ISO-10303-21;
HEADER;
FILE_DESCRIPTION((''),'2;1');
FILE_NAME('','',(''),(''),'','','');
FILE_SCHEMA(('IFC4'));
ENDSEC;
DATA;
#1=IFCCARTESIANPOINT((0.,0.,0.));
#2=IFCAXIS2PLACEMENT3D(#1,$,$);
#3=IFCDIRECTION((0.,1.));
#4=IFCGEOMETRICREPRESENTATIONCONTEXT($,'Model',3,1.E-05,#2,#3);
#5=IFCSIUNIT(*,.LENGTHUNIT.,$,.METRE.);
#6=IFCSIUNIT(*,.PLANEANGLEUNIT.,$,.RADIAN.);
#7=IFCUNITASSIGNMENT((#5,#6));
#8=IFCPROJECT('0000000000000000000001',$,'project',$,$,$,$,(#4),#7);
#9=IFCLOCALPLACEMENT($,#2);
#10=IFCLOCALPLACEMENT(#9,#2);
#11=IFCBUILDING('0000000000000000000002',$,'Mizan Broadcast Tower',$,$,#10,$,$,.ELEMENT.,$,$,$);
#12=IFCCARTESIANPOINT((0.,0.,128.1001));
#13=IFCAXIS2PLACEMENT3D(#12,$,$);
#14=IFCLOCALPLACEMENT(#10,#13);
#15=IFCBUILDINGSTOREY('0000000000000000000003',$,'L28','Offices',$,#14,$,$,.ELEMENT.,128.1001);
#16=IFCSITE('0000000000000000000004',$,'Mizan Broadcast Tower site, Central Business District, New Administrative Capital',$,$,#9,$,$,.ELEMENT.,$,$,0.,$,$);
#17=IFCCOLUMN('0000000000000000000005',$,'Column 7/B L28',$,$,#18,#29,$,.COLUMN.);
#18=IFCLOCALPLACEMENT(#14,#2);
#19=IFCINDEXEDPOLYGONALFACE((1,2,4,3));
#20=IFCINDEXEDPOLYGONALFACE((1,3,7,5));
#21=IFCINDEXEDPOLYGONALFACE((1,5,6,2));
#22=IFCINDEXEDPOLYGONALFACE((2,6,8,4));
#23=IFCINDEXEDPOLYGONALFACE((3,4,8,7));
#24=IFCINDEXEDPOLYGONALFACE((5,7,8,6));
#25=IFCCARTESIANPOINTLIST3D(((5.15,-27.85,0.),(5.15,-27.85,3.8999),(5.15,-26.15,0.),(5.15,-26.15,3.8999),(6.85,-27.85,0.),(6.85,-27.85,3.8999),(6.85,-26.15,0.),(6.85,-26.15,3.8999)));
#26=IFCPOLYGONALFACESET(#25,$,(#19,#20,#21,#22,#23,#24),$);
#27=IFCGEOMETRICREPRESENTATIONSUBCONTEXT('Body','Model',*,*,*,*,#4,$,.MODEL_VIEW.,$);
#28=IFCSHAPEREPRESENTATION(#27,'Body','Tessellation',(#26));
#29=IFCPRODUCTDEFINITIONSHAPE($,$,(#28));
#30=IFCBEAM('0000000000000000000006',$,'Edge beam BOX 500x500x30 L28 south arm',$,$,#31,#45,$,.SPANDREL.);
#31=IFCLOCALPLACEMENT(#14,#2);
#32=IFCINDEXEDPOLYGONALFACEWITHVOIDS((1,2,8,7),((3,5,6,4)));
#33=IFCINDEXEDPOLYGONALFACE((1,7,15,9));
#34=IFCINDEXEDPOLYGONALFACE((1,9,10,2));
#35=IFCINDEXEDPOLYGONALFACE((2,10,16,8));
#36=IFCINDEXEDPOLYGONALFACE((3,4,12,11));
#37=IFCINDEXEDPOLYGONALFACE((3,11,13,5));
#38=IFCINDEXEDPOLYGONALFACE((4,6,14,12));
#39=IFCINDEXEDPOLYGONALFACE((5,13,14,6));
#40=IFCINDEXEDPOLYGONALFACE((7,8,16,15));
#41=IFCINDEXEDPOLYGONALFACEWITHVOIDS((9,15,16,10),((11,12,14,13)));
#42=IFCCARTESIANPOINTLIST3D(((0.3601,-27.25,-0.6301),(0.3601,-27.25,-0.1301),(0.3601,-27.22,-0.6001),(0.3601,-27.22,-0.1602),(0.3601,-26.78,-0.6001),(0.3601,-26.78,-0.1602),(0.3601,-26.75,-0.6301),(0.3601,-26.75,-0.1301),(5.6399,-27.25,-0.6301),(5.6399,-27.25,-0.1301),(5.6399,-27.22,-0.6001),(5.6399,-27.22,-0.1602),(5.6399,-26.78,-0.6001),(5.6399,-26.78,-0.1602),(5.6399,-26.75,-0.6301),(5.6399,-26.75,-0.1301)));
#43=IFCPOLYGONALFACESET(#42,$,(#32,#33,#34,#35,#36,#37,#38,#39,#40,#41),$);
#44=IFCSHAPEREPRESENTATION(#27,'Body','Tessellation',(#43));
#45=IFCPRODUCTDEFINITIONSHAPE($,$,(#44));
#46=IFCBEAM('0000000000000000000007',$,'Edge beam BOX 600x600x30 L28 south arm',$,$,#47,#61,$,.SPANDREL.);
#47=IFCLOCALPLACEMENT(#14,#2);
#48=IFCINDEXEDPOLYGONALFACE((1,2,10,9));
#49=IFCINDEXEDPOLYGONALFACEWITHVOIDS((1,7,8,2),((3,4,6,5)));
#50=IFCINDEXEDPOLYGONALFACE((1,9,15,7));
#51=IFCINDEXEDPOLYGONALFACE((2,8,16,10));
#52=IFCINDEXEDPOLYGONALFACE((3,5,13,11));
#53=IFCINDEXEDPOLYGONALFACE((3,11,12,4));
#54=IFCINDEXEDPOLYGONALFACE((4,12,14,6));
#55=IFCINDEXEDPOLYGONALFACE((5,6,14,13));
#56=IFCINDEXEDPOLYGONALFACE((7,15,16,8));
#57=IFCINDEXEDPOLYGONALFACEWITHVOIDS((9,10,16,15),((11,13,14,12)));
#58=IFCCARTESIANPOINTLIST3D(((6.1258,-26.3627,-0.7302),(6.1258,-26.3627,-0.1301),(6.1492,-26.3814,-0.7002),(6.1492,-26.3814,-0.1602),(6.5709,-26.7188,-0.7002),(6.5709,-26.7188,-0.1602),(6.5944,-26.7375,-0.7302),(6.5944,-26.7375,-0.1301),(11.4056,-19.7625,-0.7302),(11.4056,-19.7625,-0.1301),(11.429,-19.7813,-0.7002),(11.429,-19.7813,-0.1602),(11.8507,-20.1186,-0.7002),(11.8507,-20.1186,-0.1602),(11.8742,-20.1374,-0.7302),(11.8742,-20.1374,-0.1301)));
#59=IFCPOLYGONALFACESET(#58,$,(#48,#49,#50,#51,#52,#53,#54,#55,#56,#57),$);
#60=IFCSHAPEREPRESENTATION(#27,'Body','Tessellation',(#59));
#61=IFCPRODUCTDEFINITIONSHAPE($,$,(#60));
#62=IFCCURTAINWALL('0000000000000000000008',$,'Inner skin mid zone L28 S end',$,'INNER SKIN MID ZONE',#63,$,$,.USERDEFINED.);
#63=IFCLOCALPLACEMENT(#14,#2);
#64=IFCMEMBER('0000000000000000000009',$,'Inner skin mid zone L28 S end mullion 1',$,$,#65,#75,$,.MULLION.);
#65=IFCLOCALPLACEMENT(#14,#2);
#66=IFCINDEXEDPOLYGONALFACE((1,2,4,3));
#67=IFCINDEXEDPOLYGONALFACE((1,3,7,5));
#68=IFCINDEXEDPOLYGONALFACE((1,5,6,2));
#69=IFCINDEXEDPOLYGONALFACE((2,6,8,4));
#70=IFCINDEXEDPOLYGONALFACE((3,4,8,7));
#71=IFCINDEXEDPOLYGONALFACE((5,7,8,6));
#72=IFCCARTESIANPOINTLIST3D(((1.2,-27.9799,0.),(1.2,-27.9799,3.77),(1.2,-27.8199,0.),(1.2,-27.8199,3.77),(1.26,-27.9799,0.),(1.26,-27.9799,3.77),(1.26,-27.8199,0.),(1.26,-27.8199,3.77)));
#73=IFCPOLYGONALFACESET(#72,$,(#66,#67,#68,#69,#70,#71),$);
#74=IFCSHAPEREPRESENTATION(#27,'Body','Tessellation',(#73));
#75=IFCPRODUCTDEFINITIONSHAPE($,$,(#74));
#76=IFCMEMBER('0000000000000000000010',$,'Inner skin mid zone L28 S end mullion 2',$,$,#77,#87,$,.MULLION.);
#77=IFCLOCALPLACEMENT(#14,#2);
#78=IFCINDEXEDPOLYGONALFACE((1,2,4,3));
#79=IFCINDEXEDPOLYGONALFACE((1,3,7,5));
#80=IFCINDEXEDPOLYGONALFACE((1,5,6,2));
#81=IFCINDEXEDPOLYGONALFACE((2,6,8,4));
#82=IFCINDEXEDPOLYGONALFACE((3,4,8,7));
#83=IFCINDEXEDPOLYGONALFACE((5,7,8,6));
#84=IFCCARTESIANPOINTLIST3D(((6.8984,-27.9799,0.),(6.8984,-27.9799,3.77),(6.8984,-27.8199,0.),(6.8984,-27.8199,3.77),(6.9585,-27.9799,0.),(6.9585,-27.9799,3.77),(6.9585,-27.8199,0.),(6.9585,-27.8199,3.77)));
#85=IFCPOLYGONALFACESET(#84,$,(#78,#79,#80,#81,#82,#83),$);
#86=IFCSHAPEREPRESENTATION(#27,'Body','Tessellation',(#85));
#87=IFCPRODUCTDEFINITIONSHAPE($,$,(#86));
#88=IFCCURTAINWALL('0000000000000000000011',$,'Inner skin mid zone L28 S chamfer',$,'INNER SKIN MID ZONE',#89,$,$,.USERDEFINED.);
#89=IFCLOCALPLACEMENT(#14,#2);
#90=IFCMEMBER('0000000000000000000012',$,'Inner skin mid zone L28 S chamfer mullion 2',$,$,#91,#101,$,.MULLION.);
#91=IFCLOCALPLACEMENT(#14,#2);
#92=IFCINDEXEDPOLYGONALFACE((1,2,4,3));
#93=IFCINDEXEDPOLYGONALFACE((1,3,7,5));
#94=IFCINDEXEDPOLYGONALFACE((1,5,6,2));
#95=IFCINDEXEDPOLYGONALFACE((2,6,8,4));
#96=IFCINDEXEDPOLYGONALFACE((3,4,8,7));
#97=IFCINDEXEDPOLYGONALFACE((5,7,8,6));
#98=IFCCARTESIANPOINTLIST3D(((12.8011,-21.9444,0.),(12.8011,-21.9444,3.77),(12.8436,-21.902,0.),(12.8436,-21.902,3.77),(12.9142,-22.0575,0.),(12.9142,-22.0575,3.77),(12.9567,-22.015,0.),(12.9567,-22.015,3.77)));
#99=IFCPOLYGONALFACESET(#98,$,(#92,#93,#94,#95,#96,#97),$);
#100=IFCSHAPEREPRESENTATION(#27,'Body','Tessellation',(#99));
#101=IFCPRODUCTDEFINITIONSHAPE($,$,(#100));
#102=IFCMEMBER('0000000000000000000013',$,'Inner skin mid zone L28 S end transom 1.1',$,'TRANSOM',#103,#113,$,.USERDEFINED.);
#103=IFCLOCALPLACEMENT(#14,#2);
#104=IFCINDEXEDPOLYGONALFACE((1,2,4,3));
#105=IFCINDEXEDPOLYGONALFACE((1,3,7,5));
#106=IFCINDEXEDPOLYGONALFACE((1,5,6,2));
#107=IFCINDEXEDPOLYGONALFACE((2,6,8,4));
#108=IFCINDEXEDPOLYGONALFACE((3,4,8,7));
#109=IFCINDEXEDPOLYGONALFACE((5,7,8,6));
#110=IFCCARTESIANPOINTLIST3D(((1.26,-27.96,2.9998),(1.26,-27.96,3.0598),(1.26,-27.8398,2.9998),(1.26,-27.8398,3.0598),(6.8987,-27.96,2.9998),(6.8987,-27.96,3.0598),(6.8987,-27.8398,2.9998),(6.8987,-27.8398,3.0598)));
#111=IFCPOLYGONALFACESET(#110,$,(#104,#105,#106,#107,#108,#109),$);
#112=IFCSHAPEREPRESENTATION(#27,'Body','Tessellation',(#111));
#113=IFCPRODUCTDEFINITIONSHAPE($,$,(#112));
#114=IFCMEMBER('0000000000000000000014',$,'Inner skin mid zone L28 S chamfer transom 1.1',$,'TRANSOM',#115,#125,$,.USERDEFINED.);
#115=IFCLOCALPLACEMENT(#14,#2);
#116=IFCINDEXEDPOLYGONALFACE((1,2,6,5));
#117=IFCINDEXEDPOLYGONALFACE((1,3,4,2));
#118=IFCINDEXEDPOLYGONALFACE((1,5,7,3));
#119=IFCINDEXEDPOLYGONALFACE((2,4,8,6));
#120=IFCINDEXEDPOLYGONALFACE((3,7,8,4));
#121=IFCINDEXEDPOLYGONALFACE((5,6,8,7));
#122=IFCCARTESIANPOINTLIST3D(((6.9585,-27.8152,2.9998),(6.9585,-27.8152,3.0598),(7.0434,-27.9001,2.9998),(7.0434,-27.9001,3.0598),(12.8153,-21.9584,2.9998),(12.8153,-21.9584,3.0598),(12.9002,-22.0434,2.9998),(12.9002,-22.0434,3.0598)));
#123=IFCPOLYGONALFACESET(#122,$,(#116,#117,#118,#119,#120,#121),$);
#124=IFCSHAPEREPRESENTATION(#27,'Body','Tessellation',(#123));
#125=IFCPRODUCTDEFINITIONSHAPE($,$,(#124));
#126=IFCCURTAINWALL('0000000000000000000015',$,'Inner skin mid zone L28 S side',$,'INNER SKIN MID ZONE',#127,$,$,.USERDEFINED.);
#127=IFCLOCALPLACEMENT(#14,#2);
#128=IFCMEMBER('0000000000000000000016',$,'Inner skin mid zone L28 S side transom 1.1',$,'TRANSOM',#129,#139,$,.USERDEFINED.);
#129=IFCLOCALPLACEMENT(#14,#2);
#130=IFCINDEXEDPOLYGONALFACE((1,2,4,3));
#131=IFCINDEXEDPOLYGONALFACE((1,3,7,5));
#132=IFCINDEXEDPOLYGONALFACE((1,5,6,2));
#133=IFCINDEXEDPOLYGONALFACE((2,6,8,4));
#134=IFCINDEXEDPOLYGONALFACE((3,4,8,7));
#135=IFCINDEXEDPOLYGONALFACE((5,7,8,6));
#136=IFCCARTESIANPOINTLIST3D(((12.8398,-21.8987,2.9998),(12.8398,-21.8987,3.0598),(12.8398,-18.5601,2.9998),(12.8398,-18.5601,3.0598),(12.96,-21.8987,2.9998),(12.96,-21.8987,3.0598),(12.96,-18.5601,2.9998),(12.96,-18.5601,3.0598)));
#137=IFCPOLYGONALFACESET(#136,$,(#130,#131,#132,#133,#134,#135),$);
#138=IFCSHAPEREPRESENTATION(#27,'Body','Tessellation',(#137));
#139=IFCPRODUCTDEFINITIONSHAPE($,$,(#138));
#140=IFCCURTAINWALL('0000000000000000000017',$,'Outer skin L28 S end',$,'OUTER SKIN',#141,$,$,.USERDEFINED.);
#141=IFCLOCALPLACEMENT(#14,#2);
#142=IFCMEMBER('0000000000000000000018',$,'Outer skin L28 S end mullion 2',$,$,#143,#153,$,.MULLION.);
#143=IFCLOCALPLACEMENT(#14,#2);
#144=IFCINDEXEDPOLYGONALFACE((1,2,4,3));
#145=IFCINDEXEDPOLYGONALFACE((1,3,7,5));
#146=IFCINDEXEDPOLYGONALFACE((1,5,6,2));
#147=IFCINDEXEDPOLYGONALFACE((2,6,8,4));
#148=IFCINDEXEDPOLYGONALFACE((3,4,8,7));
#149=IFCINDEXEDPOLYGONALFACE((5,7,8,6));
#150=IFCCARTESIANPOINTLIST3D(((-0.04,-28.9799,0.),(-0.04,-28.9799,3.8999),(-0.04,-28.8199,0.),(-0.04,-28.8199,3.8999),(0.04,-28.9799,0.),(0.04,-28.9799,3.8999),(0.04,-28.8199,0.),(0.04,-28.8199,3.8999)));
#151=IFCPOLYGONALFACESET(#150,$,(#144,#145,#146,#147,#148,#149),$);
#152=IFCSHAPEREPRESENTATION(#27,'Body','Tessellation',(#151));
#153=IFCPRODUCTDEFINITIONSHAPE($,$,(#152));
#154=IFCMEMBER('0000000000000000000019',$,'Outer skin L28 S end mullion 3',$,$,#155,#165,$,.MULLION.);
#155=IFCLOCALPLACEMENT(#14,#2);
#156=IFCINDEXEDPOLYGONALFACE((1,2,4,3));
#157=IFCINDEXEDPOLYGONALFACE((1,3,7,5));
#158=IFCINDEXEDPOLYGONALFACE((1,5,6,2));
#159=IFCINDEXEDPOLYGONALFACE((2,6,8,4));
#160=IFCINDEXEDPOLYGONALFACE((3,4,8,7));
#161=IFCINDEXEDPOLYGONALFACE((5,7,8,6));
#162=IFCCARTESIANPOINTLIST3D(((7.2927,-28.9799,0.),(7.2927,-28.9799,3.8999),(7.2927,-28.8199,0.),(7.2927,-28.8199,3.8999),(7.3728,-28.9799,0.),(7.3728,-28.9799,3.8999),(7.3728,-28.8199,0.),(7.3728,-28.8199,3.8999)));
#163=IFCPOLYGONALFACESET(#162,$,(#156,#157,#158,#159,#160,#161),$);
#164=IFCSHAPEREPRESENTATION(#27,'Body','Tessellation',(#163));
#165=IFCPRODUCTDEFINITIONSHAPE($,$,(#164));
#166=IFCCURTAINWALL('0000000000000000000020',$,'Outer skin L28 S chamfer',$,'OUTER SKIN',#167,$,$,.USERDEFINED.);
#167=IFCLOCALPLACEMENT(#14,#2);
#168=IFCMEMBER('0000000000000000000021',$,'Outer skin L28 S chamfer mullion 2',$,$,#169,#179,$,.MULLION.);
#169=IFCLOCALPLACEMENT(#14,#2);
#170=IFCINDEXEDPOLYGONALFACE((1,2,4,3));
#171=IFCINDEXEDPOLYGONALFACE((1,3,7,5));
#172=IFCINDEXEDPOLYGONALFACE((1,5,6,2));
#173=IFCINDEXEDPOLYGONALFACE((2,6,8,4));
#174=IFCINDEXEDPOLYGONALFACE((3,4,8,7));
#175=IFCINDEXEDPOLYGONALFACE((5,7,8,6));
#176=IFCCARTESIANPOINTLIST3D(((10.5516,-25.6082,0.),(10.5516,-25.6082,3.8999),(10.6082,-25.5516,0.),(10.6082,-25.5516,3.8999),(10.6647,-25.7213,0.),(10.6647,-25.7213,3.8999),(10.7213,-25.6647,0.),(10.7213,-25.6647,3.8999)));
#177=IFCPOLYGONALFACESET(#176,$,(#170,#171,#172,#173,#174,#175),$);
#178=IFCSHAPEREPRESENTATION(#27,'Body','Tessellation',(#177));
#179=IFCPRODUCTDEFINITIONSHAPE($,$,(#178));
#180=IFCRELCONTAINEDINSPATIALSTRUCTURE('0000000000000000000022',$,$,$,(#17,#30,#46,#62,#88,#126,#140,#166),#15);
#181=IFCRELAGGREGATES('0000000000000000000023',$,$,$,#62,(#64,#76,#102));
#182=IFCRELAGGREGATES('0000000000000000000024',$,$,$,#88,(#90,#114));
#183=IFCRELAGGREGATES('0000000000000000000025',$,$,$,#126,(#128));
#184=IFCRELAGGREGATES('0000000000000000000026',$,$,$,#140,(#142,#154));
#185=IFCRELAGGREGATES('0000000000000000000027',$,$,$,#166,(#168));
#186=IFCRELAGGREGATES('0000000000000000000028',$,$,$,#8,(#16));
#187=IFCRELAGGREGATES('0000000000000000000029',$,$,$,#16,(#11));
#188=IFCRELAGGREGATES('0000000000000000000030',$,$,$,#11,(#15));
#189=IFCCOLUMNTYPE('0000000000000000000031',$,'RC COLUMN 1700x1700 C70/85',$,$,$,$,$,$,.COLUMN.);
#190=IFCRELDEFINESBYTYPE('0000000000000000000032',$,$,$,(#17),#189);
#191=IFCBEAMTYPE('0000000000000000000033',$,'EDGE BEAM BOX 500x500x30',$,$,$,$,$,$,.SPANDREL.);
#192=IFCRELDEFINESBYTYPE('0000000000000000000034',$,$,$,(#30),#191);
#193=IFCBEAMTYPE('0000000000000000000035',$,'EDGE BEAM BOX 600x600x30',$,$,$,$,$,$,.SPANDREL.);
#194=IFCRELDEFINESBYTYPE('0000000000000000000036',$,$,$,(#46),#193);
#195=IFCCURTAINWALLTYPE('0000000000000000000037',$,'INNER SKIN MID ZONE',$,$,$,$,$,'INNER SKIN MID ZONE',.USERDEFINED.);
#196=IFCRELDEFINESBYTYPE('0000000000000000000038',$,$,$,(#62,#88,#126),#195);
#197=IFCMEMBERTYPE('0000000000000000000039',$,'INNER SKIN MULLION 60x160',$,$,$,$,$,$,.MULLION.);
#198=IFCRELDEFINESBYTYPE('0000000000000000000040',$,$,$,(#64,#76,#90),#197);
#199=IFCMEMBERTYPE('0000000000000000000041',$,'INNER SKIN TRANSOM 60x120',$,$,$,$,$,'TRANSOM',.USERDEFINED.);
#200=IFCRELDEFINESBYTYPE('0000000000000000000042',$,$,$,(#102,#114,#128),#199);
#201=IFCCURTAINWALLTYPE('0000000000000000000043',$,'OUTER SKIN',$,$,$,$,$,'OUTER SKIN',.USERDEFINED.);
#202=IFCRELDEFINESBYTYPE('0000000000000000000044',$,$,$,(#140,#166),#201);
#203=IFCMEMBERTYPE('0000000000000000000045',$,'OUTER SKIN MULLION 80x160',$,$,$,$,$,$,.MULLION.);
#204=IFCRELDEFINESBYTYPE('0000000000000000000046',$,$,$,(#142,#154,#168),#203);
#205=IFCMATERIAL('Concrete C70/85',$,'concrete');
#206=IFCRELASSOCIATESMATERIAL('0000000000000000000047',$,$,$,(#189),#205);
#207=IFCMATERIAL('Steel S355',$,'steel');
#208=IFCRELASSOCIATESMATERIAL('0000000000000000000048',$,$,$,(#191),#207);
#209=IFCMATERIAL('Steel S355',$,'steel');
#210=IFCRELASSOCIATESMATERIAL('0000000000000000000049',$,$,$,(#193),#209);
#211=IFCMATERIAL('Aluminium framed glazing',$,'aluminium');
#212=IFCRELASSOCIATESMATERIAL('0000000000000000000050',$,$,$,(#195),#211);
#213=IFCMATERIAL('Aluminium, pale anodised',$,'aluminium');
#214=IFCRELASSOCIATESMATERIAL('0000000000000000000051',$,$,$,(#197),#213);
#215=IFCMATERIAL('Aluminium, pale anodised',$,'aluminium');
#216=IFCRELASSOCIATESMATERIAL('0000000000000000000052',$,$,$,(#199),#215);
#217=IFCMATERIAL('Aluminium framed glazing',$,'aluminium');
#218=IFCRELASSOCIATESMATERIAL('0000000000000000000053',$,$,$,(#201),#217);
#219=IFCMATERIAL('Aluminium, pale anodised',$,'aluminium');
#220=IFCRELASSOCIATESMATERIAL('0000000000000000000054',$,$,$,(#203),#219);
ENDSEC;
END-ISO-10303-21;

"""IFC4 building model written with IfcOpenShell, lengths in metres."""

from ifc_helpers import new_model, si_unit, direction, frame, origin, origin_2d, place, context, subcontext, project, spatial, rectangle, hollow_rectangle, extrude, material, material_profile, profile_set, type_object, element, aggregate, save


model = new_model("IFC4")

# Units and contexts
model_context = context("Model", 3, precision=1e-05, world=origin(), true_north=direction((0.0, 1.0)))
body_context = subcontext(model_context, "Body", "Model", "MODEL_VIEW")
ifc_project = project(units=[si_unit("LENGTHUNIT", "METRE"), si_unit("PLANEANGLEUNIT", "RADIAN")], contexts=[model_context])

# Site, building, storey
site_placement = place(None, origin())
site = spatial("IfcSite", under=ifc_project, at=site_placement, Name="Mizan Broadcast Tower site, Central Business District, New Administrative Capital", CompositionType="ELEMENT", RefElevation=0.0)
building_placement = place(site_placement, origin())
building = spatial("IfcBuilding", under=site, at=building_placement, Name="Mizan Broadcast Tower", CompositionType="ELEMENT")
storey_placement = place(building_placement, frame((0.0, 0.0, 128.1001)))
storey = spatial("IfcBuildingStorey", under=building, at=storey_placement, Name="L28", Description="Offices", CompositionType="ELEMENT", Elevation=128.1001)

# Column
ifc_material_1 = material(Name="Concrete C70/85", Category="concrete")
ifc_material_profile_1 = material_profile(ifc_material_1, rectangle(XDim=1.7, YDim=1.7, at=origin_2d()), Name="RC 1700x1700")
ifc_profile_set_1 = profile_set([ifc_material_profile_1], Name="Concrete C70/85")
column_type = type_object("IfcColumnType", Name="RC COLUMN 1700x1700 C70/85", PredefinedType="COLUMN", material=ifc_profile_set_1)
column_placement = place(storey_placement, frame((6.0, -27.0, 0.0), z_axis=(0.0, 0.0, 1.0), x_axis=(1.0, 0.0, 0.0)))
element("IfcColumn", 1, at=column_placement, inside=storey, type_object=column_type, Name="Column 7/B L28", PredefinedType="COLUMN", context=body_context, shape_type="SweptSolid", body=[
    extrude(rectangle(XDim=1.7, YDim=1.7, at=origin_2d()), origin(), (0.0, 0.0, 1.0), 3.8999),
])

# Beams
ifc_material_2 = material(Name="Steel S355", Category="steel")
ifc_material_profile_2 = material_profile(ifc_material_2, hollow_rectangle(XDim=0.5, YDim=0.5, WallThickness=0.03, at=origin_2d()), Name="BOX 500x500x30")
ifc_profile_set_2 = profile_set([ifc_material_profile_2], Name="Steel S355")
beam_type_1 = type_object("IfcBeamType", Name="EDGE BEAM BOX 500x500x30", PredefinedType="SPANDREL", material=ifc_profile_set_2)
beam_1_placement = place(storey_placement, frame((5.6399, -27.0, -0.3801), z_axis=(-1.0, 0.0, 0.0), x_axis=(0.0, -1.0, 0.0)))
element("IfcBeam", 2, at=beam_1_placement, inside=storey, type_object=beam_type_1, Name="Edge beam BOX 500x500x30 L28 south arm", PredefinedType="SPANDREL", context=body_context, shape_type="SweptSolid", body=[
    extrude(hollow_rectangle(XDim=0.5, YDim=0.5, WallThickness=0.03, at=origin_2d()), origin(), (0.0, 0.0, 1.0), 5.2798),
])
ifc_material_3 = material(Name="Steel S355", Category="steel")
ifc_material_profile_3 = material_profile(ifc_material_3, hollow_rectangle(XDim=0.6001, YDim=0.6001, WallThickness=0.03, at=origin_2d()), Name="BOX 600x600x30")
ifc_profile_set_3 = profile_set([ifc_material_profile_3], Name="Steel S355")
beam_type_2 = type_object("IfcBeamType", Name="EDGE BEAM BOX 600x600x30", PredefinedType="SPANDREL", material=ifc_profile_set_3)
beam_2_placement = place(storey_placement, frame((11.6399, -19.95, -0.4302), z_axis=(-0.624674, -0.780886, 0.0), x_axis=(0.780886, -0.624674, 0.0)))
element("IfcBeam", 3, at=beam_2_placement, inside=storey, type_object=beam_type_2, Name="Edge beam BOX 600x600x30 L28 south arm", PredefinedType="SPANDREL", context=body_context, shape_type="SweptSolid", body=[
    extrude(hollow_rectangle(XDim=0.6001, YDim=0.6001, WallThickness=0.03, at=origin_2d()), origin(), (0.0, 0.0, 1.0), 8.4521),
])

# Curtain wall, members
ifc_material_4 = material(Name="Aluminium framed glazing", Category="aluminium")
curtain_wall_type_1 = type_object("IfcCurtainWallType", Name="INNER SKIN MID ZONE", ElementType="INNER SKIN MID ZONE", PredefinedType="USERDEFINED", material=ifc_material_4)
curtain_wall_1_placement = place(storey_placement, origin())
curtain_wall_1 = element("IfcCurtainWall", 4, at=curtain_wall_1_placement, inside=storey, type_object=curtain_wall_type_1, Name="Inner skin mid zone L28 S end", ObjectType="INNER SKIN MID ZONE", PredefinedType="USERDEFINED")
ifc_material_5 = material(Name="Aluminium, pale anodised", Category="aluminium")
ifc_material_profile_4 = material_profile(ifc_material_5, rectangle(XDim=0.1599, YDim=0.0601, at=origin_2d()), Name="MULLION 160x60")
ifc_profile_set_4 = profile_set([ifc_material_profile_4], Name="Aluminium, pale anodised")
member_type_1 = type_object("IfcMemberType", Name="INNER SKIN MULLION 60x160", PredefinedType="MULLION", material=ifc_profile_set_4)
member_1_placement = place(storey_placement, frame((1.23, -27.8999, 0.0), z_axis=(0.0, 0.0, 1.0), x_axis=(0.0, 1.0, 0.0)))
member_1 = element("IfcMember", 5, at=member_1_placement, type_object=member_type_1, Name="Inner skin mid zone L28 S end mullion 1", PredefinedType="MULLION", context=body_context, shape_type="SweptSolid", body=[
    extrude(rectangle(XDim=0.1599, YDim=0.0601, at=origin_2d()), origin(), (0.0, 0.0, 1.0), 3.77),
])
member_2_placement = place(storey_placement, frame((6.9285, -27.8999, 0.0), z_axis=(0.0, 0.0, 1.0), x_axis=(0.0, 1.0, 0.0)))
member_2 = element("IfcMember", 6, at=member_2_placement, type_object=member_type_1, Name="Inner skin mid zone L28 S end mullion 2", PredefinedType="MULLION", context=body_context, shape_type="SweptSolid", body=[
    extrude(rectangle(XDim=0.1599, YDim=0.0601, at=origin_2d()), origin(), (0.0, 0.0, 1.0), 3.77),
])

# Curtain wall, member
curtain_wall_2_placement = place(storey_placement, origin())
curtain_wall_2 = element("IfcCurtainWall", 7, at=curtain_wall_2_placement, inside=storey, type_object=curtain_wall_type_1, Name="Inner skin mid zone L28 S chamfer", ObjectType="INNER SKIN MID ZONE", PredefinedType="USERDEFINED")
member_3_placement = place(storey_placement, frame((12.8789, -21.9797, 0.0), z_axis=(0.0, 0.0, 1.0), x_axis=(-0.707107, 0.707107, 0.0)))
member_3 = element("IfcMember", 8, at=member_3_placement, type_object=member_type_1, Name="Inner skin mid zone L28 S chamfer mullion 2", PredefinedType="MULLION", context=body_context, shape_type="SweptSolid", body=[
    extrude(rectangle(XDim=0.1599, YDim=0.0601, at=origin_2d()), origin(), (0.0, 0.0, 1.0), 3.77),
])

# Members
ifc_material_6 = material(Name="Aluminium, pale anodised", Category="aluminium")
ifc_material_profile_5 = material_profile(ifc_material_6, rectangle(XDim=0.1201, YDim=0.0601, at=origin_2d()), Name="TRANSOM 120x60")
ifc_profile_set_5 = profile_set([ifc_material_profile_5], Name="Aluminium, pale anodised")
member_type_2 = type_object("IfcMemberType", Name="INNER SKIN TRANSOM 60x120", ElementType="TRANSOM", PredefinedType="USERDEFINED", material=ifc_profile_set_5)
member_4_placement = place(storey_placement, frame((1.26, -27.8999, 3.0298), z_axis=(1.0, 0.0, 0.0), x_axis=(0.0, 1.0, 0.0)))
member_4 = element("IfcMember", 9, at=member_4_placement, type_object=member_type_2, Name="Inner skin mid zone L28 S end transom 1.1", ObjectType="TRANSOM", PredefinedType="USERDEFINED", context=body_context, shape_type="SweptSolid", body=[
    extrude(rectangle(XDim=0.1201, YDim=0.0601, at=origin_2d()), origin(), (0.0, 0.0, 1.0), 5.6387),
])
member_5_placement = place(storey_placement, frame((7.001, -27.8577, 3.0298), z_axis=(0.707107, 0.707107, 0.0), x_axis=(-0.707107, 0.707107, 0.0)))
member_5 = element("IfcMember", 10, at=member_5_placement, type_object=member_type_2, Name="Inner skin mid zone L28 S chamfer transom 1.1", ObjectType="TRANSOM", PredefinedType="USERDEFINED", context=body_context, shape_type="SweptSolid", body=[
    extrude(rectangle(XDim=0.1201, YDim=0.0601, at=origin_2d()), origin(), (0.0, 0.0, 1.0), 8.2827),
])

# Curtain wall, member
curtain_wall_3_placement = place(storey_placement, origin())
curtain_wall_3 = element("IfcCurtainWall", 11, at=curtain_wall_3_placement, inside=storey, type_object=curtain_wall_type_1, Name="Inner skin mid zone L28 S side", ObjectType="INNER SKIN MID ZONE", PredefinedType="USERDEFINED")
member_6_placement = place(storey_placement, frame((12.8999, -21.8987, 3.0298), z_axis=(0.0, 1.0, 0.0), x_axis=(-1.0, 0.0, 0.0)))
member_6 = element("IfcMember", 12, at=member_6_placement, type_object=member_type_2, Name="Inner skin mid zone L28 S side transom 1.1", ObjectType="TRANSOM", PredefinedType="USERDEFINED", context=body_context, shape_type="SweptSolid", body=[
    extrude(rectangle(XDim=0.1201, YDim=0.0601, at=origin_2d()), origin(), (0.0, 0.0, 1.0), 3.3386),
])

# Curtain wall, members
ifc_material_7 = material(Name="Aluminium framed glazing", Category="aluminium")
curtain_wall_type_2 = type_object("IfcCurtainWallType", Name="OUTER SKIN", ElementType="OUTER SKIN", PredefinedType="USERDEFINED", material=ifc_material_7)
curtain_wall_4_placement = place(storey_placement, origin())
curtain_wall_4 = element("IfcCurtainWall", 13, at=curtain_wall_4_placement, inside=storey, type_object=curtain_wall_type_2, Name="Outer skin L28 S end", ObjectType="OUTER SKIN", PredefinedType="USERDEFINED")
ifc_material_8 = material(Name="Aluminium, pale anodised", Category="aluminium")
ifc_material_profile_6 = material_profile(ifc_material_8, rectangle(XDim=0.1599, YDim=0.0801, at=origin_2d()), Name="MULLION 160x80")
ifc_profile_set_6 = profile_set([ifc_material_profile_6], Name="Aluminium, pale anodised")
member_type_3 = type_object("IfcMemberType", Name="OUTER SKIN MULLION 80x160", PredefinedType="MULLION", material=ifc_profile_set_6)
member_7_placement = place(storey_placement, frame((0.0, -28.8999, 0.0), z_axis=(0.0, 0.0, 1.0), x_axis=(0.0, 1.0, 0.0)))
member_7 = element("IfcMember", 14, at=member_7_placement, type_object=member_type_3, Name="Outer skin L28 S end mullion 2", PredefinedType="MULLION", context=body_context, shape_type="SweptSolid", body=[
    extrude(rectangle(XDim=0.1599, YDim=0.0801, at=origin_2d()), origin(), (0.0, 0.0, 1.0), 3.8999),
])
member_8_placement = place(storey_placement, frame((7.3328, -28.8999, 0.0), z_axis=(0.0, 0.0, 1.0), x_axis=(0.0, 1.0, 0.0)))
member_8 = element("IfcMember", 15, at=member_8_placement, type_object=member_type_3, Name="Outer skin L28 S end mullion 3", PredefinedType="MULLION", context=body_context, shape_type="SweptSolid", body=[
    extrude(rectangle(XDim=0.1599, YDim=0.0801, at=origin_2d()), origin(), (0.0, 0.0, 1.0), 3.8999),
])

# Curtain wall, member
curtain_wall_5_placement = place(storey_placement, origin())
curtain_wall_5 = element("IfcCurtainWall", 16, at=curtain_wall_5_placement, inside=storey, type_object=curtain_wall_type_2, Name="Outer skin L28 S chamfer", ObjectType="OUTER SKIN", PredefinedType="USERDEFINED")
member_9_placement = place(storey_placement, frame((10.6365, -25.6365, 0.0), z_axis=(0.0, 0.0, 1.0), x_axis=(-0.707107, 0.707107, 0.0)))
member_9 = element("IfcMember", 17, at=member_9_placement, type_object=member_type_3, Name="Outer skin L28 S chamfer mullion 2", PredefinedType="MULLION", context=body_context, shape_type="SweptSolid", body=[
    extrude(rectangle(XDim=0.1599, YDim=0.0801, at=origin_2d()), origin(), (0.0, 0.0, 1.0), 3.8999),
])

aggregate(curtain_wall_1, [member_1, member_2, member_4])
aggregate(curtain_wall_2, [member_3, member_5])
aggregate(curtain_wall_3, [member_6])
aggregate(curtain_wall_4, [member_7, member_8])
aggregate(curtain_wall_5, [member_9])

save(model, "model.ifc")
